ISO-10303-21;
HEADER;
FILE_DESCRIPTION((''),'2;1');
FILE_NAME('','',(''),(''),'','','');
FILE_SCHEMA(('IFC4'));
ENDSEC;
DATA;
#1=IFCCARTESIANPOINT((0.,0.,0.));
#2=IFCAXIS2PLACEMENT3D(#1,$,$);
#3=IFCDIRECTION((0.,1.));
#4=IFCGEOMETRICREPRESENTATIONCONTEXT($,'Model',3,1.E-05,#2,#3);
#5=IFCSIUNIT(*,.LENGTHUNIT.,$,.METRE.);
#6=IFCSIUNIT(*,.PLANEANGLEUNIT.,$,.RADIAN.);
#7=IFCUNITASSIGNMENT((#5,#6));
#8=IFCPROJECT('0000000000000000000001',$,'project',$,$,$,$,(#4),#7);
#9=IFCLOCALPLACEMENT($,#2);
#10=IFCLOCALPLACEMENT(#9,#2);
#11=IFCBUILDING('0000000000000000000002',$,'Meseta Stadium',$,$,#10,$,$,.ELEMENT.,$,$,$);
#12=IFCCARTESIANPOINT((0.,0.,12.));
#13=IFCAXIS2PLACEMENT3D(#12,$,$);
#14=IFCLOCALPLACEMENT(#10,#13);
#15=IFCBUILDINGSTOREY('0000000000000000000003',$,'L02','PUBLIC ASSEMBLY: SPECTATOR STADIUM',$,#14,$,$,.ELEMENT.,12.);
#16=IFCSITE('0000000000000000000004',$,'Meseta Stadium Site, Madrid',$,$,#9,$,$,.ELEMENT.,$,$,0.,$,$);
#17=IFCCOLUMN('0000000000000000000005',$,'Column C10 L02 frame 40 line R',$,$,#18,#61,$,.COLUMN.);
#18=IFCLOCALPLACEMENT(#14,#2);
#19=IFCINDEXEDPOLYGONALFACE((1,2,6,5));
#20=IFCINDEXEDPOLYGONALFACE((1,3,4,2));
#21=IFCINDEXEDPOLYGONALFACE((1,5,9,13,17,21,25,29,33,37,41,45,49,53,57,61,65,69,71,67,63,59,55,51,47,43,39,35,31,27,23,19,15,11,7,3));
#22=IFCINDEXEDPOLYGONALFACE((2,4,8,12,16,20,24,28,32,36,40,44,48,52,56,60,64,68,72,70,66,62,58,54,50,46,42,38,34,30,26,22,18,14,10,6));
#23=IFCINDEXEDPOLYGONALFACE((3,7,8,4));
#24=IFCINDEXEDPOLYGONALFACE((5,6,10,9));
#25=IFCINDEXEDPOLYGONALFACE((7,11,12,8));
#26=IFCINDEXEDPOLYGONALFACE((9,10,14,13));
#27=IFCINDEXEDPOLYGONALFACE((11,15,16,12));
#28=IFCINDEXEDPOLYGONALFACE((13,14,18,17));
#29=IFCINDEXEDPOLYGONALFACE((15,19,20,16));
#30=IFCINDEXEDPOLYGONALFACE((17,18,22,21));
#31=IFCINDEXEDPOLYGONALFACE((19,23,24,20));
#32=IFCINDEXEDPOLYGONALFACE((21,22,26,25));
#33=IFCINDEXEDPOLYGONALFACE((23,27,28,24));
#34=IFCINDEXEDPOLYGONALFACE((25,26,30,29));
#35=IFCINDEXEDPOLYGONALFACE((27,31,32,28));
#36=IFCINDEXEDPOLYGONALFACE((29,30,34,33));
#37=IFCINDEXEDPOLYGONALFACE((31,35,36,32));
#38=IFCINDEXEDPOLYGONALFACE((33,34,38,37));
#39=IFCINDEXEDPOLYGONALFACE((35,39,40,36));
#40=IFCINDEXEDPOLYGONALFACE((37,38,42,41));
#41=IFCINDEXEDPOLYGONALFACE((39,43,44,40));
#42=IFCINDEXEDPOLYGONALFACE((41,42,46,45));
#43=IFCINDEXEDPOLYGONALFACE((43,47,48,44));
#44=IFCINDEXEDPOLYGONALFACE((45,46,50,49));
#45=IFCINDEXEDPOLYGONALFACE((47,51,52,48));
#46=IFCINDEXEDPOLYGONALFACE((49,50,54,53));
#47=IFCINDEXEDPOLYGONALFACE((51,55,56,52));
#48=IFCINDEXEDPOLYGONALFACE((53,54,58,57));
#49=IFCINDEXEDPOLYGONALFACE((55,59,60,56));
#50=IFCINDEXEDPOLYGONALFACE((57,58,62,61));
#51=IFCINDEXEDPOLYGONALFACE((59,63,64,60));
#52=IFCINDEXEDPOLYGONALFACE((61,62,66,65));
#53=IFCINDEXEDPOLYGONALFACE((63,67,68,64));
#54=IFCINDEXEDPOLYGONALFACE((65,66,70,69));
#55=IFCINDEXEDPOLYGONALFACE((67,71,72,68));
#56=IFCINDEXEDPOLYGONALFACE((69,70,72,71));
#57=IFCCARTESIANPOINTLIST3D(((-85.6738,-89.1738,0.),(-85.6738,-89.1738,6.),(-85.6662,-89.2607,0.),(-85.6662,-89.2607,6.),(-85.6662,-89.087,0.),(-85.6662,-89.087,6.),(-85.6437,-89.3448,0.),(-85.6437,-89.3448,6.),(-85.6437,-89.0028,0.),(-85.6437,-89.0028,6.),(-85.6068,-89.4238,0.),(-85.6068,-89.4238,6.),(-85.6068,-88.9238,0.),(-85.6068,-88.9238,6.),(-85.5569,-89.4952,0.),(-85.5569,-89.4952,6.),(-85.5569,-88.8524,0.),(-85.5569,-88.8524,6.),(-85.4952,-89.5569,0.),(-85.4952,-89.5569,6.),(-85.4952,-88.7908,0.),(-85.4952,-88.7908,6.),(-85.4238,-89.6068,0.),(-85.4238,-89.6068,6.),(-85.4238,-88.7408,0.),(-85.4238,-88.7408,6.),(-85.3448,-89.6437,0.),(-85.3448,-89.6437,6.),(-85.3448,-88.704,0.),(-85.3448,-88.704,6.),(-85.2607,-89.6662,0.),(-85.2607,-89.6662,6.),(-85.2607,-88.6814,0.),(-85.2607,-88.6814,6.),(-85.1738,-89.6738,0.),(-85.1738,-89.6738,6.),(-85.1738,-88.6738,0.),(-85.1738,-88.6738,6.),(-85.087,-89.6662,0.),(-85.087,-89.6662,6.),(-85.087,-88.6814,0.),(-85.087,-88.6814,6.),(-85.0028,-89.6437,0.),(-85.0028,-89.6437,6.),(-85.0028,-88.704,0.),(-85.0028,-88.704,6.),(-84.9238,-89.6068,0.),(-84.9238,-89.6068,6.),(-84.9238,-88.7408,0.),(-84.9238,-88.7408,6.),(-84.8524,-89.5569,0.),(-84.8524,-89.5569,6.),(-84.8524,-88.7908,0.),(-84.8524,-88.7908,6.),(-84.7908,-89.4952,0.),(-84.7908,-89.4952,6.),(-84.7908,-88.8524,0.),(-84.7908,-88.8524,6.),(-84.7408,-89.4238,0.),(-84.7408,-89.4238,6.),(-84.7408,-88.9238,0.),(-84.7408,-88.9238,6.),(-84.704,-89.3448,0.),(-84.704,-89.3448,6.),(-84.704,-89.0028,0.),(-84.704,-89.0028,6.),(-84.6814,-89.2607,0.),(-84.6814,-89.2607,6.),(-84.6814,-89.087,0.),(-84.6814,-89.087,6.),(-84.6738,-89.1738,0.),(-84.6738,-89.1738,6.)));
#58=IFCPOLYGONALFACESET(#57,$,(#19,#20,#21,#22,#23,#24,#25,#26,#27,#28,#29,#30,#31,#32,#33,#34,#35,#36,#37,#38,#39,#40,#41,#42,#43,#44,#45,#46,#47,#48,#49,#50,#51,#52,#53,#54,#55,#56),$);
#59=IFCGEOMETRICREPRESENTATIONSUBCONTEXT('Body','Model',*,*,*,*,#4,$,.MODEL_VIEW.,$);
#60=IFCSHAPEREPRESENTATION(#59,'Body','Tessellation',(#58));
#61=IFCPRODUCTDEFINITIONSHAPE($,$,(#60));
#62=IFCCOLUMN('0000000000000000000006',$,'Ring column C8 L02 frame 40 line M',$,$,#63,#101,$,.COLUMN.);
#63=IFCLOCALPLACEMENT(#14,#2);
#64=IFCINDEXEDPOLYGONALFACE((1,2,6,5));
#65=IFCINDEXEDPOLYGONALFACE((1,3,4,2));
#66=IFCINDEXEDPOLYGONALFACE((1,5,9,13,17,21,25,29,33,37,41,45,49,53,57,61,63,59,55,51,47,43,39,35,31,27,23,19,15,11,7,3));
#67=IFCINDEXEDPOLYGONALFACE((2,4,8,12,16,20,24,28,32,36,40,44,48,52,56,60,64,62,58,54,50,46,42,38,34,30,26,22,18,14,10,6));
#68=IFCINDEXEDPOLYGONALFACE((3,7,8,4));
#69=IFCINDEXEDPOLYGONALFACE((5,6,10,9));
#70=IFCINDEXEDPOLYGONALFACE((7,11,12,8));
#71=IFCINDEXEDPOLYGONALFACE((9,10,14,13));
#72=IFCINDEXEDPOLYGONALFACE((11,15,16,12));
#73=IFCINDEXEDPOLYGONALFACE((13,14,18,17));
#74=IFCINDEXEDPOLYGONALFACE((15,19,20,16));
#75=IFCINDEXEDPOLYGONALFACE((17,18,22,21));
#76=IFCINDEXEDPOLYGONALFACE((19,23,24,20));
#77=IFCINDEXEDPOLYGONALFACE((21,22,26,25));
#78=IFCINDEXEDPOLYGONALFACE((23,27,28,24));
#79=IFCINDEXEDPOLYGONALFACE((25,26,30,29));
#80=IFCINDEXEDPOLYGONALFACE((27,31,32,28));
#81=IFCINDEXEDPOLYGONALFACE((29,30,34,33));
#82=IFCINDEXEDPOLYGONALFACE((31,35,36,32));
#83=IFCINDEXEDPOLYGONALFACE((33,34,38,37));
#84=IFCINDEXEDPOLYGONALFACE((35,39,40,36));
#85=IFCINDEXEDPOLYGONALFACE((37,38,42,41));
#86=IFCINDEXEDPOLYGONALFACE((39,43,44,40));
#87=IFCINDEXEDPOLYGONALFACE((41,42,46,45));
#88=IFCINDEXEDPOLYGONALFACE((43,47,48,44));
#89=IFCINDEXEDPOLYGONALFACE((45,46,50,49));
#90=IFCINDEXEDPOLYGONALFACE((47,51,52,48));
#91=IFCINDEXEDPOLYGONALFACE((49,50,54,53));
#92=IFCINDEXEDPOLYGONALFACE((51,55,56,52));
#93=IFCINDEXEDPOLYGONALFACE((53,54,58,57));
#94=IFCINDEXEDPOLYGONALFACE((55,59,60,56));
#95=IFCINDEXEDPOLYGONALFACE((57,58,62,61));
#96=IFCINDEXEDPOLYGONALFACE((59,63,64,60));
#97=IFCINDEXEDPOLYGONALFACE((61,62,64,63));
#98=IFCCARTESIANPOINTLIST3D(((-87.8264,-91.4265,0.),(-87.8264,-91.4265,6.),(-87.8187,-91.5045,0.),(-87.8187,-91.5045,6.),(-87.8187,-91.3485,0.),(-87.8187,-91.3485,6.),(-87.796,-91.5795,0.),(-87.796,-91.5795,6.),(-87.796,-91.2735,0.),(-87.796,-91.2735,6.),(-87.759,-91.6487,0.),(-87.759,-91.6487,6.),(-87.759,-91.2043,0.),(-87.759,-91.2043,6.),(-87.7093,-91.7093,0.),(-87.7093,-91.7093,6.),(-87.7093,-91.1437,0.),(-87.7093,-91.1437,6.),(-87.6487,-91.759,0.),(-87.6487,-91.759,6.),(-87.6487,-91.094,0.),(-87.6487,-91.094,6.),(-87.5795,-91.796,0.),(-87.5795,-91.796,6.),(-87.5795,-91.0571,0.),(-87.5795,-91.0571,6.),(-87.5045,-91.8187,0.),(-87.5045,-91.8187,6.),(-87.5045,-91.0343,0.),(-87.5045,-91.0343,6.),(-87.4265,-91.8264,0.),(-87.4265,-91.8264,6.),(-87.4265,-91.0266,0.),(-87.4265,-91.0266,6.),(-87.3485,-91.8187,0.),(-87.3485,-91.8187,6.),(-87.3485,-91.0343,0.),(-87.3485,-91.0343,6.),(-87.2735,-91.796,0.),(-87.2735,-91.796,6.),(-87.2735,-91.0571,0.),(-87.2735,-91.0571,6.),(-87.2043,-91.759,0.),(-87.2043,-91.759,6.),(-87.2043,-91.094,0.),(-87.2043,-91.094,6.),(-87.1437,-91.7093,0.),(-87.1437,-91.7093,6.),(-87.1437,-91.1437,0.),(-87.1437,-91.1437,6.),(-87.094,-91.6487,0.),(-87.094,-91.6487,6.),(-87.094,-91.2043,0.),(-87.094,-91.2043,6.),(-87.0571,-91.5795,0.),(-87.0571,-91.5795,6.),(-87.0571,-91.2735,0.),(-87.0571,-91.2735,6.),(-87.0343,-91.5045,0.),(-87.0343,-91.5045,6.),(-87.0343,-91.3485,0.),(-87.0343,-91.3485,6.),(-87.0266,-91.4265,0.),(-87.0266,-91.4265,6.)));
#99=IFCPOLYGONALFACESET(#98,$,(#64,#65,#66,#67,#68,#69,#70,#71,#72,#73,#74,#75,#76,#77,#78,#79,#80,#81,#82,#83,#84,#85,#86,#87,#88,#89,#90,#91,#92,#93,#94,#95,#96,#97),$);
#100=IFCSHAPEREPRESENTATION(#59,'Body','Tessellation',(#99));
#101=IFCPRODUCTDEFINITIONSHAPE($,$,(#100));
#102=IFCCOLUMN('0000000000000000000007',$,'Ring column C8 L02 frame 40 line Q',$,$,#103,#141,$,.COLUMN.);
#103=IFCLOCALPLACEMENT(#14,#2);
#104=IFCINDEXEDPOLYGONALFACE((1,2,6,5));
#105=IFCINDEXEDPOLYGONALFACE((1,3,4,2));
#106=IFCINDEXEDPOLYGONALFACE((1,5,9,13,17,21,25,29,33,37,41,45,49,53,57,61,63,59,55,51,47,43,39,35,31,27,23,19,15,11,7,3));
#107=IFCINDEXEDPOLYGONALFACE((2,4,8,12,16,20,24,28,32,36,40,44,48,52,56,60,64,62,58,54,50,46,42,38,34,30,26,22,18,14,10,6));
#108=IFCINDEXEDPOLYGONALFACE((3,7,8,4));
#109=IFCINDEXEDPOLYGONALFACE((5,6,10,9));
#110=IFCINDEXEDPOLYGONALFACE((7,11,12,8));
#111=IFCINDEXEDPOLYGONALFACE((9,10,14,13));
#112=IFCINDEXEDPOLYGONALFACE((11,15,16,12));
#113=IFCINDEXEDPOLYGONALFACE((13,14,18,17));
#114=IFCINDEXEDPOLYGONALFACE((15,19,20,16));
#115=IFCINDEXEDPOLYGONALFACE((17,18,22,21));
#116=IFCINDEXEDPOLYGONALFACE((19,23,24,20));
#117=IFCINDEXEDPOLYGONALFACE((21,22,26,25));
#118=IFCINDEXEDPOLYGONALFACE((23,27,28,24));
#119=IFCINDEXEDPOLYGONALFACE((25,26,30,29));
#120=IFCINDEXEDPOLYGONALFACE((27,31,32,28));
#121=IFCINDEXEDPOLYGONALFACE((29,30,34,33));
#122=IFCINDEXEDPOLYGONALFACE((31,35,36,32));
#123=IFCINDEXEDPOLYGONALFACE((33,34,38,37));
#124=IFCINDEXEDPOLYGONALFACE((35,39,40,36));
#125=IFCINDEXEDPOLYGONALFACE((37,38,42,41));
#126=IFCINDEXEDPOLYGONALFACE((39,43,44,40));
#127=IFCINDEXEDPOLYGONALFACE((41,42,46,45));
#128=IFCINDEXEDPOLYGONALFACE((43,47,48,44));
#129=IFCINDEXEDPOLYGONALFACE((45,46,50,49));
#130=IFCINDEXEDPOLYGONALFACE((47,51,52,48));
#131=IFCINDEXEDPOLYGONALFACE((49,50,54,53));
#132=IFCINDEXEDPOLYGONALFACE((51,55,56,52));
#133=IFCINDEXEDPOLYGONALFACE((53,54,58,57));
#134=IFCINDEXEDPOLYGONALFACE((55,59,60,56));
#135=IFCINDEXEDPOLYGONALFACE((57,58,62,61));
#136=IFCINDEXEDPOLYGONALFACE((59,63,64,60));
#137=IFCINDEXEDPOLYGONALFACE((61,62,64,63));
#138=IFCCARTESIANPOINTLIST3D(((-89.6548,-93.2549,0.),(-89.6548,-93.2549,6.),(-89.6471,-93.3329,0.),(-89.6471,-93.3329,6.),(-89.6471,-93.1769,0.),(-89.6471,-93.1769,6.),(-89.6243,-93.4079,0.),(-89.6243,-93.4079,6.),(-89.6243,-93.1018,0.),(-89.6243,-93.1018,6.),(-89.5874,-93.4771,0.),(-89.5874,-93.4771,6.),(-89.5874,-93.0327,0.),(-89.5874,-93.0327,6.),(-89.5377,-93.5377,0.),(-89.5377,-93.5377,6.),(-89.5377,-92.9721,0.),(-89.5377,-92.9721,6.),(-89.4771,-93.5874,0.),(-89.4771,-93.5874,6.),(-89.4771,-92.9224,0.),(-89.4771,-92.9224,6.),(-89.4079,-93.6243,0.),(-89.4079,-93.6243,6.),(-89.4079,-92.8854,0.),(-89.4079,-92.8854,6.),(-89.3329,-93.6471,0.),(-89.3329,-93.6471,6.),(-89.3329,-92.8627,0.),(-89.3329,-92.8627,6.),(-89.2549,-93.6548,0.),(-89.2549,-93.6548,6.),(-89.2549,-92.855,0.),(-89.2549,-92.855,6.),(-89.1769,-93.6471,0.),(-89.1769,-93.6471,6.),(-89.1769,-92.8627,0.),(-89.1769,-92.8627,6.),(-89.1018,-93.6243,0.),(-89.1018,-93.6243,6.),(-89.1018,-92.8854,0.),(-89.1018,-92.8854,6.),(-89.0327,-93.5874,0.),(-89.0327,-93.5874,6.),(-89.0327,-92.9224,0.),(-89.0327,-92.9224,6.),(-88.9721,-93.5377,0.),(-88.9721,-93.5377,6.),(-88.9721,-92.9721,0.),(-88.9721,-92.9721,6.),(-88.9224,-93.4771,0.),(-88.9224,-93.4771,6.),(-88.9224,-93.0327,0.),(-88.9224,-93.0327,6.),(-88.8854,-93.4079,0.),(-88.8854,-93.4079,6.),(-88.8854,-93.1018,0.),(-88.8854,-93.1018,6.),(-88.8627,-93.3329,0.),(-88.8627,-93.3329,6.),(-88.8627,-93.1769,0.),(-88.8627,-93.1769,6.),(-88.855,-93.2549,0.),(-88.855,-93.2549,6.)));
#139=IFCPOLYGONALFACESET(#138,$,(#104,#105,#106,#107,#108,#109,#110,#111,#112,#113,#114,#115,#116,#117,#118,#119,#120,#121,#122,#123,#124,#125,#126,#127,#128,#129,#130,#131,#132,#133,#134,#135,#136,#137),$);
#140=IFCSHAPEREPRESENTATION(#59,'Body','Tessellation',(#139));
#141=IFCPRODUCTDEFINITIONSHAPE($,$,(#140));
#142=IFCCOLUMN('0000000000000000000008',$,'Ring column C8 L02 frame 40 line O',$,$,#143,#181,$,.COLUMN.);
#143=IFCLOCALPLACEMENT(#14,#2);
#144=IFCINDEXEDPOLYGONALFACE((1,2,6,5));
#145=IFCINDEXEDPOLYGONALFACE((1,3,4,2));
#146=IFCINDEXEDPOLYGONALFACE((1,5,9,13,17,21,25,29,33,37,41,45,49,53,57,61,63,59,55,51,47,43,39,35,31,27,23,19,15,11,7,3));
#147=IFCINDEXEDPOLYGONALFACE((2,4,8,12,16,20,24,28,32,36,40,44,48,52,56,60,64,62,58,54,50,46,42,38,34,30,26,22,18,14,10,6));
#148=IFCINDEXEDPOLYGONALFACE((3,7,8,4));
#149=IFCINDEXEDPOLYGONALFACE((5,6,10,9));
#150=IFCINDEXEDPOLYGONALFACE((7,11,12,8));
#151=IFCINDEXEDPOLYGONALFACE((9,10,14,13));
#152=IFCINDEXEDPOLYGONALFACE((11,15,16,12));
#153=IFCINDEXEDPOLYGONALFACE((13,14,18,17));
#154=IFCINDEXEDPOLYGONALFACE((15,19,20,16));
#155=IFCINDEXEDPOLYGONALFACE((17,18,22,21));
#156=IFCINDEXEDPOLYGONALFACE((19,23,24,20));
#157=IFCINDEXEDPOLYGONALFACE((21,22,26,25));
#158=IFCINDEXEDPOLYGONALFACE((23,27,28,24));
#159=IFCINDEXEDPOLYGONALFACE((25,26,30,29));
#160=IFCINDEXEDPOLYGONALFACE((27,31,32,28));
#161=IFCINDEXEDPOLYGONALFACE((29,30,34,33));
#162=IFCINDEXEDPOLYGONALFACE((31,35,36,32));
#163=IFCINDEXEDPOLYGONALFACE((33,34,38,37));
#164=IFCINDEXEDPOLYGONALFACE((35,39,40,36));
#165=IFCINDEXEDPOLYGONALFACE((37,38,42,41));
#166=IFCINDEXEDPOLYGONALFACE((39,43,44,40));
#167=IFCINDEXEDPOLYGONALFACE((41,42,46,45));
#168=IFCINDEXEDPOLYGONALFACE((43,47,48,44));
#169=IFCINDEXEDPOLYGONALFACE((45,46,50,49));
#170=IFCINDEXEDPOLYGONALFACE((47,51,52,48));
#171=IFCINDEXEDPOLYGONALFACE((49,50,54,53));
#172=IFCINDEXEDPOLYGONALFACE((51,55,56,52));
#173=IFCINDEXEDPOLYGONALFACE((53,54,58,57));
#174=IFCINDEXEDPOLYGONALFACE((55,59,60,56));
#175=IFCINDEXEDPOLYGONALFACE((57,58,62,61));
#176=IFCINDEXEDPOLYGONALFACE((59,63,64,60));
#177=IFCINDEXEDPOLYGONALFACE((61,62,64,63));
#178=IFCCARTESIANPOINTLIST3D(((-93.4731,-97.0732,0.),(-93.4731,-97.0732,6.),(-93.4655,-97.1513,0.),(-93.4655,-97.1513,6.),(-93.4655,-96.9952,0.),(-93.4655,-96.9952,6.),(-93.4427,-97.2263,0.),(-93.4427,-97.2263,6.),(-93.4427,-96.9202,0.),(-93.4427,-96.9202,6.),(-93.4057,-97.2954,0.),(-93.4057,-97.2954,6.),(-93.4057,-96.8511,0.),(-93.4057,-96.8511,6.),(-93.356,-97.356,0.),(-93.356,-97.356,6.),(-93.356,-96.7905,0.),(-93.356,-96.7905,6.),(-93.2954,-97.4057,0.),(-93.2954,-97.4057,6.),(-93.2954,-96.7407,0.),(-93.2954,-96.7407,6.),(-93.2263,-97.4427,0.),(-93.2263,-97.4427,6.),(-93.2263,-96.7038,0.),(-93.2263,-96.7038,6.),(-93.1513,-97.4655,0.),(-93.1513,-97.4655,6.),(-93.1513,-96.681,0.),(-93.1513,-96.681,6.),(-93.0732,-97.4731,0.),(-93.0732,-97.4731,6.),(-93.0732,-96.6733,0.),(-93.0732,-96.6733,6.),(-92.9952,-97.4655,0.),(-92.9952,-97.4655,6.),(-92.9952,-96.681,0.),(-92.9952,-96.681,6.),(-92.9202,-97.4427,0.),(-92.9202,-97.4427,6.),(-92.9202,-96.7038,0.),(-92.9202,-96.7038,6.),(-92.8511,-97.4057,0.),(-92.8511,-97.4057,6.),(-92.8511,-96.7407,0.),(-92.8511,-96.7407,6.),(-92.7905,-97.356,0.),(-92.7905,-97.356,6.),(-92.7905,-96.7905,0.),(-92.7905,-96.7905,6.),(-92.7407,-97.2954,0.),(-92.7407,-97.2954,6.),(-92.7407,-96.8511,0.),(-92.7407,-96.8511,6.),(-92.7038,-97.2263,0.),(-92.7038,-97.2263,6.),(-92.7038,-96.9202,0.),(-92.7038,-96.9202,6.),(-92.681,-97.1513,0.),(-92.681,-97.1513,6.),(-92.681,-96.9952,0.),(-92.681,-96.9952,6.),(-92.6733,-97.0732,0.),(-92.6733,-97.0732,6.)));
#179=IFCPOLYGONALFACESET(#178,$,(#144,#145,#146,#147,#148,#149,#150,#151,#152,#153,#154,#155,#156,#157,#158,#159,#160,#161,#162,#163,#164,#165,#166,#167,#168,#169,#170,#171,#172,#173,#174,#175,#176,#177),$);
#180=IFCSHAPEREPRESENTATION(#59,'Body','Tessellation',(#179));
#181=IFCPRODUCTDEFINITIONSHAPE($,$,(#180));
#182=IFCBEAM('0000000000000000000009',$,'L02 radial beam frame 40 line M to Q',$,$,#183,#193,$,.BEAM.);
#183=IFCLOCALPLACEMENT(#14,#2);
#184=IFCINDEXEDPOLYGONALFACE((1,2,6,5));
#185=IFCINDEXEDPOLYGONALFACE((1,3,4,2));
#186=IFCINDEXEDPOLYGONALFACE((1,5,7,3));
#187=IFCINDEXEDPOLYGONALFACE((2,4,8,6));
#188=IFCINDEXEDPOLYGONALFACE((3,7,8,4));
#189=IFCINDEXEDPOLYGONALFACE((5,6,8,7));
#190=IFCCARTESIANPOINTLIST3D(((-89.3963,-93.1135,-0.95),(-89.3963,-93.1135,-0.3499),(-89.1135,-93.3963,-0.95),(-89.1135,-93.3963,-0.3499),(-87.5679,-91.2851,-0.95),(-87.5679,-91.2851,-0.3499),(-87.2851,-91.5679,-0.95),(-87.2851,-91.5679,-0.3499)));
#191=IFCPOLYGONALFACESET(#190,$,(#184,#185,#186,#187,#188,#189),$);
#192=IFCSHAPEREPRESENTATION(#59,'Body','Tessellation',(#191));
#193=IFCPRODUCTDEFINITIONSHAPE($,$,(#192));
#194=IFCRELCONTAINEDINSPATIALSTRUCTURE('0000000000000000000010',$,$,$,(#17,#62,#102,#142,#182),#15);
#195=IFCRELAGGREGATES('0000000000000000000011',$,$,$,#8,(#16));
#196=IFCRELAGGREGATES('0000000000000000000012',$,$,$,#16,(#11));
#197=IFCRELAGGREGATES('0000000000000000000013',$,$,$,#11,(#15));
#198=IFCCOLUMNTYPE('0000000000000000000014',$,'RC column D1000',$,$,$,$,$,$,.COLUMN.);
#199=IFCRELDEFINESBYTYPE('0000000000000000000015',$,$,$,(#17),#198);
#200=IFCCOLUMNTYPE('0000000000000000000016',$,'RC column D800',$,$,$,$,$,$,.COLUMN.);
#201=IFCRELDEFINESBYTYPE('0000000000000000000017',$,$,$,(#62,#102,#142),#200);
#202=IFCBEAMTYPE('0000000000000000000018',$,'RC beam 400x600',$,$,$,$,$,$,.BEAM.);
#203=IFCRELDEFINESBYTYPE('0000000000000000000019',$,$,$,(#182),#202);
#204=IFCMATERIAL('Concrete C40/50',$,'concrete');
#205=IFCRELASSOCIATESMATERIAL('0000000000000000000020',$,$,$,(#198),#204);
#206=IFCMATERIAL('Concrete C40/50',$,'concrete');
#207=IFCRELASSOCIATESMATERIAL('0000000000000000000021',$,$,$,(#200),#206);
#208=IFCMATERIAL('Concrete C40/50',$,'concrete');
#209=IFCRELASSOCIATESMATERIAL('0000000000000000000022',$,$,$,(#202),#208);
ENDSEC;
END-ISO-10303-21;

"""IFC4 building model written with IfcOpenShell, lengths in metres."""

from ifc_helpers import new_model, si_unit, direction, frame, origin, origin_2d, place, context, subcontext, project, spatial, rectangle, circle, extrude, material, material_profile, profile_set, type_object, element, save


model = new_model("IFC4")

# Units and contexts
model_context = context("Model", 3, precision=1e-05, world=origin(), true_north=direction((0.0, 1.0)))
body_context = subcontext(model_context, "Body", "Model", "MODEL_VIEW")
ifc_project = project(units=[si_unit("LENGTHUNIT", "METRE"), si_unit("PLANEANGLEUNIT", "RADIAN")], contexts=[model_context])

# Site, building, storey
site_placement = place(None, origin())
site = spatial("IfcSite", under=ifc_project, at=site_placement, Name="Meseta Stadium Site, Madrid", CompositionType="ELEMENT", RefElevation=0.0)
building_placement = place(site_placement, origin())
building = spatial("IfcBuilding", under=site, at=building_placement, Name="Meseta Stadium", CompositionType="ELEMENT")
storey_placement = place(building_placement, frame((0.0, 0.0, 12.0)))
storey = spatial("IfcBuildingStorey", under=building, at=storey_placement, Name="L02", Description="PUBLIC ASSEMBLY: SPECTATOR STADIUM", CompositionType="ELEMENT", Elevation=12.0)

# Columns
ifc_material_1 = material(Name="Concrete C40/50", Category="concrete")
ifc_material_profile_1 = material_profile(ifc_material_1, circle(Radius=0.5, at=origin_2d()), Name="RC D1000")
ifc_profile_set_1 = profile_set([ifc_material_profile_1], Name="Concrete C40/50")
column_type_1 = type_object("IfcColumnType", Name="RC column D1000", PredefinedType="COLUMN", material=ifc_profile_set_1)
column_placement = place(storey_placement, frame((-85.1738, -89.1738, 0.0), z_axis=(0.0, 0.0, 1.0), x_axis=(1.0, 0.0, 0.0)))
element("IfcColumn", 1, at=column_placement, inside=storey, type_object=column_type_1, Name="Column C10 L02 frame 40 line R", PredefinedType="COLUMN", context=body_context, shape_type="SweptSolid", body=[
    extrude(circle(Radius=0.5, at=origin_2d()), origin(), (0.0, 0.0, 1.0), 6.0),
])
ifc_material_2 = material(Name="Concrete C40/50", Category="concrete")
ifc_material_profile_2 = material_profile(ifc_material_2, circle(Radius=0.3999, at=origin_2d()), Name="RC D800")
ifc_profile_set_2 = profile_set([ifc_material_profile_2], Name="Concrete C40/50")
column_type_2 = type_object("IfcColumnType", Name="RC column D800", PredefinedType="COLUMN", material=ifc_profile_set_2)
for number, where, z_axis, x_axis, name in (
    (2, (-87.4265, -91.4265, 0.0), (0.0, 0.0, 1.0), (1.0, 0.0, 0.0), "Ring column C8 L02 frame 40 line M"),
    (3, (-89.2549, -93.2549, 0.0), (0.0, 0.0, 1.0), (1.0, 0.0, 0.0), "Ring column C8 L02 frame 40 line Q"),
    (4, (-93.0732, -97.0732, 0.0), (0.0, 0.0, 1.0), (1.0, 0.0, 0.0), "Ring column C8 L02 frame 40 line O"),
):
    element("IfcColumn", number, at=place(storey_placement, frame(where, z_axis=z_axis, x_axis=x_axis)), inside=storey, type_object=column_type_2, Name=name, PredefinedType="COLUMN", context=body_context, shape_type="SweptSolid", body=[
        extrude(circle(Radius=0.3999, at=origin_2d()), origin(), (0.0, 0.0, 1.0), 6.0),
    ])

# Beam
ifc_material_3 = material(Name="Concrete C40/50", Category="concrete")
ifc_material_profile_3 = material_profile(ifc_material_3, rectangle(XDim=0.3999, YDim=0.6001, at=origin_2d()), Name="RC 400x600")
ifc_profile_set_3 = profile_set([ifc_material_profile_3], Name="Concrete C40/50")
beam_type_1 = type_object("IfcBeamType", Name="RC beam 400x600", PredefinedType="BEAM", material=ifc_profile_set_3)
beam_1_placement = place(storey_placement, frame((-87.4265, -91.4265, -0.6499), z_axis=(-0.707107, -0.707107, 0.0), x_axis=(0.707107, -0.707107, 0.0)))
element("IfcBeam", 5, at=beam_1_placement, inside=storey, type_object=beam_type_1, Name="L02 radial beam frame 40 line M to Q", PredefinedType="BEAM", context=body_context, shape_type="SweptSolid", body=[
    extrude(rectangle(XDim=0.3999, YDim=0.6001, at=origin_2d()), origin(), (0.0, 0.0, 1.0), 2.5857),
])

save(model, "model.ifc")
